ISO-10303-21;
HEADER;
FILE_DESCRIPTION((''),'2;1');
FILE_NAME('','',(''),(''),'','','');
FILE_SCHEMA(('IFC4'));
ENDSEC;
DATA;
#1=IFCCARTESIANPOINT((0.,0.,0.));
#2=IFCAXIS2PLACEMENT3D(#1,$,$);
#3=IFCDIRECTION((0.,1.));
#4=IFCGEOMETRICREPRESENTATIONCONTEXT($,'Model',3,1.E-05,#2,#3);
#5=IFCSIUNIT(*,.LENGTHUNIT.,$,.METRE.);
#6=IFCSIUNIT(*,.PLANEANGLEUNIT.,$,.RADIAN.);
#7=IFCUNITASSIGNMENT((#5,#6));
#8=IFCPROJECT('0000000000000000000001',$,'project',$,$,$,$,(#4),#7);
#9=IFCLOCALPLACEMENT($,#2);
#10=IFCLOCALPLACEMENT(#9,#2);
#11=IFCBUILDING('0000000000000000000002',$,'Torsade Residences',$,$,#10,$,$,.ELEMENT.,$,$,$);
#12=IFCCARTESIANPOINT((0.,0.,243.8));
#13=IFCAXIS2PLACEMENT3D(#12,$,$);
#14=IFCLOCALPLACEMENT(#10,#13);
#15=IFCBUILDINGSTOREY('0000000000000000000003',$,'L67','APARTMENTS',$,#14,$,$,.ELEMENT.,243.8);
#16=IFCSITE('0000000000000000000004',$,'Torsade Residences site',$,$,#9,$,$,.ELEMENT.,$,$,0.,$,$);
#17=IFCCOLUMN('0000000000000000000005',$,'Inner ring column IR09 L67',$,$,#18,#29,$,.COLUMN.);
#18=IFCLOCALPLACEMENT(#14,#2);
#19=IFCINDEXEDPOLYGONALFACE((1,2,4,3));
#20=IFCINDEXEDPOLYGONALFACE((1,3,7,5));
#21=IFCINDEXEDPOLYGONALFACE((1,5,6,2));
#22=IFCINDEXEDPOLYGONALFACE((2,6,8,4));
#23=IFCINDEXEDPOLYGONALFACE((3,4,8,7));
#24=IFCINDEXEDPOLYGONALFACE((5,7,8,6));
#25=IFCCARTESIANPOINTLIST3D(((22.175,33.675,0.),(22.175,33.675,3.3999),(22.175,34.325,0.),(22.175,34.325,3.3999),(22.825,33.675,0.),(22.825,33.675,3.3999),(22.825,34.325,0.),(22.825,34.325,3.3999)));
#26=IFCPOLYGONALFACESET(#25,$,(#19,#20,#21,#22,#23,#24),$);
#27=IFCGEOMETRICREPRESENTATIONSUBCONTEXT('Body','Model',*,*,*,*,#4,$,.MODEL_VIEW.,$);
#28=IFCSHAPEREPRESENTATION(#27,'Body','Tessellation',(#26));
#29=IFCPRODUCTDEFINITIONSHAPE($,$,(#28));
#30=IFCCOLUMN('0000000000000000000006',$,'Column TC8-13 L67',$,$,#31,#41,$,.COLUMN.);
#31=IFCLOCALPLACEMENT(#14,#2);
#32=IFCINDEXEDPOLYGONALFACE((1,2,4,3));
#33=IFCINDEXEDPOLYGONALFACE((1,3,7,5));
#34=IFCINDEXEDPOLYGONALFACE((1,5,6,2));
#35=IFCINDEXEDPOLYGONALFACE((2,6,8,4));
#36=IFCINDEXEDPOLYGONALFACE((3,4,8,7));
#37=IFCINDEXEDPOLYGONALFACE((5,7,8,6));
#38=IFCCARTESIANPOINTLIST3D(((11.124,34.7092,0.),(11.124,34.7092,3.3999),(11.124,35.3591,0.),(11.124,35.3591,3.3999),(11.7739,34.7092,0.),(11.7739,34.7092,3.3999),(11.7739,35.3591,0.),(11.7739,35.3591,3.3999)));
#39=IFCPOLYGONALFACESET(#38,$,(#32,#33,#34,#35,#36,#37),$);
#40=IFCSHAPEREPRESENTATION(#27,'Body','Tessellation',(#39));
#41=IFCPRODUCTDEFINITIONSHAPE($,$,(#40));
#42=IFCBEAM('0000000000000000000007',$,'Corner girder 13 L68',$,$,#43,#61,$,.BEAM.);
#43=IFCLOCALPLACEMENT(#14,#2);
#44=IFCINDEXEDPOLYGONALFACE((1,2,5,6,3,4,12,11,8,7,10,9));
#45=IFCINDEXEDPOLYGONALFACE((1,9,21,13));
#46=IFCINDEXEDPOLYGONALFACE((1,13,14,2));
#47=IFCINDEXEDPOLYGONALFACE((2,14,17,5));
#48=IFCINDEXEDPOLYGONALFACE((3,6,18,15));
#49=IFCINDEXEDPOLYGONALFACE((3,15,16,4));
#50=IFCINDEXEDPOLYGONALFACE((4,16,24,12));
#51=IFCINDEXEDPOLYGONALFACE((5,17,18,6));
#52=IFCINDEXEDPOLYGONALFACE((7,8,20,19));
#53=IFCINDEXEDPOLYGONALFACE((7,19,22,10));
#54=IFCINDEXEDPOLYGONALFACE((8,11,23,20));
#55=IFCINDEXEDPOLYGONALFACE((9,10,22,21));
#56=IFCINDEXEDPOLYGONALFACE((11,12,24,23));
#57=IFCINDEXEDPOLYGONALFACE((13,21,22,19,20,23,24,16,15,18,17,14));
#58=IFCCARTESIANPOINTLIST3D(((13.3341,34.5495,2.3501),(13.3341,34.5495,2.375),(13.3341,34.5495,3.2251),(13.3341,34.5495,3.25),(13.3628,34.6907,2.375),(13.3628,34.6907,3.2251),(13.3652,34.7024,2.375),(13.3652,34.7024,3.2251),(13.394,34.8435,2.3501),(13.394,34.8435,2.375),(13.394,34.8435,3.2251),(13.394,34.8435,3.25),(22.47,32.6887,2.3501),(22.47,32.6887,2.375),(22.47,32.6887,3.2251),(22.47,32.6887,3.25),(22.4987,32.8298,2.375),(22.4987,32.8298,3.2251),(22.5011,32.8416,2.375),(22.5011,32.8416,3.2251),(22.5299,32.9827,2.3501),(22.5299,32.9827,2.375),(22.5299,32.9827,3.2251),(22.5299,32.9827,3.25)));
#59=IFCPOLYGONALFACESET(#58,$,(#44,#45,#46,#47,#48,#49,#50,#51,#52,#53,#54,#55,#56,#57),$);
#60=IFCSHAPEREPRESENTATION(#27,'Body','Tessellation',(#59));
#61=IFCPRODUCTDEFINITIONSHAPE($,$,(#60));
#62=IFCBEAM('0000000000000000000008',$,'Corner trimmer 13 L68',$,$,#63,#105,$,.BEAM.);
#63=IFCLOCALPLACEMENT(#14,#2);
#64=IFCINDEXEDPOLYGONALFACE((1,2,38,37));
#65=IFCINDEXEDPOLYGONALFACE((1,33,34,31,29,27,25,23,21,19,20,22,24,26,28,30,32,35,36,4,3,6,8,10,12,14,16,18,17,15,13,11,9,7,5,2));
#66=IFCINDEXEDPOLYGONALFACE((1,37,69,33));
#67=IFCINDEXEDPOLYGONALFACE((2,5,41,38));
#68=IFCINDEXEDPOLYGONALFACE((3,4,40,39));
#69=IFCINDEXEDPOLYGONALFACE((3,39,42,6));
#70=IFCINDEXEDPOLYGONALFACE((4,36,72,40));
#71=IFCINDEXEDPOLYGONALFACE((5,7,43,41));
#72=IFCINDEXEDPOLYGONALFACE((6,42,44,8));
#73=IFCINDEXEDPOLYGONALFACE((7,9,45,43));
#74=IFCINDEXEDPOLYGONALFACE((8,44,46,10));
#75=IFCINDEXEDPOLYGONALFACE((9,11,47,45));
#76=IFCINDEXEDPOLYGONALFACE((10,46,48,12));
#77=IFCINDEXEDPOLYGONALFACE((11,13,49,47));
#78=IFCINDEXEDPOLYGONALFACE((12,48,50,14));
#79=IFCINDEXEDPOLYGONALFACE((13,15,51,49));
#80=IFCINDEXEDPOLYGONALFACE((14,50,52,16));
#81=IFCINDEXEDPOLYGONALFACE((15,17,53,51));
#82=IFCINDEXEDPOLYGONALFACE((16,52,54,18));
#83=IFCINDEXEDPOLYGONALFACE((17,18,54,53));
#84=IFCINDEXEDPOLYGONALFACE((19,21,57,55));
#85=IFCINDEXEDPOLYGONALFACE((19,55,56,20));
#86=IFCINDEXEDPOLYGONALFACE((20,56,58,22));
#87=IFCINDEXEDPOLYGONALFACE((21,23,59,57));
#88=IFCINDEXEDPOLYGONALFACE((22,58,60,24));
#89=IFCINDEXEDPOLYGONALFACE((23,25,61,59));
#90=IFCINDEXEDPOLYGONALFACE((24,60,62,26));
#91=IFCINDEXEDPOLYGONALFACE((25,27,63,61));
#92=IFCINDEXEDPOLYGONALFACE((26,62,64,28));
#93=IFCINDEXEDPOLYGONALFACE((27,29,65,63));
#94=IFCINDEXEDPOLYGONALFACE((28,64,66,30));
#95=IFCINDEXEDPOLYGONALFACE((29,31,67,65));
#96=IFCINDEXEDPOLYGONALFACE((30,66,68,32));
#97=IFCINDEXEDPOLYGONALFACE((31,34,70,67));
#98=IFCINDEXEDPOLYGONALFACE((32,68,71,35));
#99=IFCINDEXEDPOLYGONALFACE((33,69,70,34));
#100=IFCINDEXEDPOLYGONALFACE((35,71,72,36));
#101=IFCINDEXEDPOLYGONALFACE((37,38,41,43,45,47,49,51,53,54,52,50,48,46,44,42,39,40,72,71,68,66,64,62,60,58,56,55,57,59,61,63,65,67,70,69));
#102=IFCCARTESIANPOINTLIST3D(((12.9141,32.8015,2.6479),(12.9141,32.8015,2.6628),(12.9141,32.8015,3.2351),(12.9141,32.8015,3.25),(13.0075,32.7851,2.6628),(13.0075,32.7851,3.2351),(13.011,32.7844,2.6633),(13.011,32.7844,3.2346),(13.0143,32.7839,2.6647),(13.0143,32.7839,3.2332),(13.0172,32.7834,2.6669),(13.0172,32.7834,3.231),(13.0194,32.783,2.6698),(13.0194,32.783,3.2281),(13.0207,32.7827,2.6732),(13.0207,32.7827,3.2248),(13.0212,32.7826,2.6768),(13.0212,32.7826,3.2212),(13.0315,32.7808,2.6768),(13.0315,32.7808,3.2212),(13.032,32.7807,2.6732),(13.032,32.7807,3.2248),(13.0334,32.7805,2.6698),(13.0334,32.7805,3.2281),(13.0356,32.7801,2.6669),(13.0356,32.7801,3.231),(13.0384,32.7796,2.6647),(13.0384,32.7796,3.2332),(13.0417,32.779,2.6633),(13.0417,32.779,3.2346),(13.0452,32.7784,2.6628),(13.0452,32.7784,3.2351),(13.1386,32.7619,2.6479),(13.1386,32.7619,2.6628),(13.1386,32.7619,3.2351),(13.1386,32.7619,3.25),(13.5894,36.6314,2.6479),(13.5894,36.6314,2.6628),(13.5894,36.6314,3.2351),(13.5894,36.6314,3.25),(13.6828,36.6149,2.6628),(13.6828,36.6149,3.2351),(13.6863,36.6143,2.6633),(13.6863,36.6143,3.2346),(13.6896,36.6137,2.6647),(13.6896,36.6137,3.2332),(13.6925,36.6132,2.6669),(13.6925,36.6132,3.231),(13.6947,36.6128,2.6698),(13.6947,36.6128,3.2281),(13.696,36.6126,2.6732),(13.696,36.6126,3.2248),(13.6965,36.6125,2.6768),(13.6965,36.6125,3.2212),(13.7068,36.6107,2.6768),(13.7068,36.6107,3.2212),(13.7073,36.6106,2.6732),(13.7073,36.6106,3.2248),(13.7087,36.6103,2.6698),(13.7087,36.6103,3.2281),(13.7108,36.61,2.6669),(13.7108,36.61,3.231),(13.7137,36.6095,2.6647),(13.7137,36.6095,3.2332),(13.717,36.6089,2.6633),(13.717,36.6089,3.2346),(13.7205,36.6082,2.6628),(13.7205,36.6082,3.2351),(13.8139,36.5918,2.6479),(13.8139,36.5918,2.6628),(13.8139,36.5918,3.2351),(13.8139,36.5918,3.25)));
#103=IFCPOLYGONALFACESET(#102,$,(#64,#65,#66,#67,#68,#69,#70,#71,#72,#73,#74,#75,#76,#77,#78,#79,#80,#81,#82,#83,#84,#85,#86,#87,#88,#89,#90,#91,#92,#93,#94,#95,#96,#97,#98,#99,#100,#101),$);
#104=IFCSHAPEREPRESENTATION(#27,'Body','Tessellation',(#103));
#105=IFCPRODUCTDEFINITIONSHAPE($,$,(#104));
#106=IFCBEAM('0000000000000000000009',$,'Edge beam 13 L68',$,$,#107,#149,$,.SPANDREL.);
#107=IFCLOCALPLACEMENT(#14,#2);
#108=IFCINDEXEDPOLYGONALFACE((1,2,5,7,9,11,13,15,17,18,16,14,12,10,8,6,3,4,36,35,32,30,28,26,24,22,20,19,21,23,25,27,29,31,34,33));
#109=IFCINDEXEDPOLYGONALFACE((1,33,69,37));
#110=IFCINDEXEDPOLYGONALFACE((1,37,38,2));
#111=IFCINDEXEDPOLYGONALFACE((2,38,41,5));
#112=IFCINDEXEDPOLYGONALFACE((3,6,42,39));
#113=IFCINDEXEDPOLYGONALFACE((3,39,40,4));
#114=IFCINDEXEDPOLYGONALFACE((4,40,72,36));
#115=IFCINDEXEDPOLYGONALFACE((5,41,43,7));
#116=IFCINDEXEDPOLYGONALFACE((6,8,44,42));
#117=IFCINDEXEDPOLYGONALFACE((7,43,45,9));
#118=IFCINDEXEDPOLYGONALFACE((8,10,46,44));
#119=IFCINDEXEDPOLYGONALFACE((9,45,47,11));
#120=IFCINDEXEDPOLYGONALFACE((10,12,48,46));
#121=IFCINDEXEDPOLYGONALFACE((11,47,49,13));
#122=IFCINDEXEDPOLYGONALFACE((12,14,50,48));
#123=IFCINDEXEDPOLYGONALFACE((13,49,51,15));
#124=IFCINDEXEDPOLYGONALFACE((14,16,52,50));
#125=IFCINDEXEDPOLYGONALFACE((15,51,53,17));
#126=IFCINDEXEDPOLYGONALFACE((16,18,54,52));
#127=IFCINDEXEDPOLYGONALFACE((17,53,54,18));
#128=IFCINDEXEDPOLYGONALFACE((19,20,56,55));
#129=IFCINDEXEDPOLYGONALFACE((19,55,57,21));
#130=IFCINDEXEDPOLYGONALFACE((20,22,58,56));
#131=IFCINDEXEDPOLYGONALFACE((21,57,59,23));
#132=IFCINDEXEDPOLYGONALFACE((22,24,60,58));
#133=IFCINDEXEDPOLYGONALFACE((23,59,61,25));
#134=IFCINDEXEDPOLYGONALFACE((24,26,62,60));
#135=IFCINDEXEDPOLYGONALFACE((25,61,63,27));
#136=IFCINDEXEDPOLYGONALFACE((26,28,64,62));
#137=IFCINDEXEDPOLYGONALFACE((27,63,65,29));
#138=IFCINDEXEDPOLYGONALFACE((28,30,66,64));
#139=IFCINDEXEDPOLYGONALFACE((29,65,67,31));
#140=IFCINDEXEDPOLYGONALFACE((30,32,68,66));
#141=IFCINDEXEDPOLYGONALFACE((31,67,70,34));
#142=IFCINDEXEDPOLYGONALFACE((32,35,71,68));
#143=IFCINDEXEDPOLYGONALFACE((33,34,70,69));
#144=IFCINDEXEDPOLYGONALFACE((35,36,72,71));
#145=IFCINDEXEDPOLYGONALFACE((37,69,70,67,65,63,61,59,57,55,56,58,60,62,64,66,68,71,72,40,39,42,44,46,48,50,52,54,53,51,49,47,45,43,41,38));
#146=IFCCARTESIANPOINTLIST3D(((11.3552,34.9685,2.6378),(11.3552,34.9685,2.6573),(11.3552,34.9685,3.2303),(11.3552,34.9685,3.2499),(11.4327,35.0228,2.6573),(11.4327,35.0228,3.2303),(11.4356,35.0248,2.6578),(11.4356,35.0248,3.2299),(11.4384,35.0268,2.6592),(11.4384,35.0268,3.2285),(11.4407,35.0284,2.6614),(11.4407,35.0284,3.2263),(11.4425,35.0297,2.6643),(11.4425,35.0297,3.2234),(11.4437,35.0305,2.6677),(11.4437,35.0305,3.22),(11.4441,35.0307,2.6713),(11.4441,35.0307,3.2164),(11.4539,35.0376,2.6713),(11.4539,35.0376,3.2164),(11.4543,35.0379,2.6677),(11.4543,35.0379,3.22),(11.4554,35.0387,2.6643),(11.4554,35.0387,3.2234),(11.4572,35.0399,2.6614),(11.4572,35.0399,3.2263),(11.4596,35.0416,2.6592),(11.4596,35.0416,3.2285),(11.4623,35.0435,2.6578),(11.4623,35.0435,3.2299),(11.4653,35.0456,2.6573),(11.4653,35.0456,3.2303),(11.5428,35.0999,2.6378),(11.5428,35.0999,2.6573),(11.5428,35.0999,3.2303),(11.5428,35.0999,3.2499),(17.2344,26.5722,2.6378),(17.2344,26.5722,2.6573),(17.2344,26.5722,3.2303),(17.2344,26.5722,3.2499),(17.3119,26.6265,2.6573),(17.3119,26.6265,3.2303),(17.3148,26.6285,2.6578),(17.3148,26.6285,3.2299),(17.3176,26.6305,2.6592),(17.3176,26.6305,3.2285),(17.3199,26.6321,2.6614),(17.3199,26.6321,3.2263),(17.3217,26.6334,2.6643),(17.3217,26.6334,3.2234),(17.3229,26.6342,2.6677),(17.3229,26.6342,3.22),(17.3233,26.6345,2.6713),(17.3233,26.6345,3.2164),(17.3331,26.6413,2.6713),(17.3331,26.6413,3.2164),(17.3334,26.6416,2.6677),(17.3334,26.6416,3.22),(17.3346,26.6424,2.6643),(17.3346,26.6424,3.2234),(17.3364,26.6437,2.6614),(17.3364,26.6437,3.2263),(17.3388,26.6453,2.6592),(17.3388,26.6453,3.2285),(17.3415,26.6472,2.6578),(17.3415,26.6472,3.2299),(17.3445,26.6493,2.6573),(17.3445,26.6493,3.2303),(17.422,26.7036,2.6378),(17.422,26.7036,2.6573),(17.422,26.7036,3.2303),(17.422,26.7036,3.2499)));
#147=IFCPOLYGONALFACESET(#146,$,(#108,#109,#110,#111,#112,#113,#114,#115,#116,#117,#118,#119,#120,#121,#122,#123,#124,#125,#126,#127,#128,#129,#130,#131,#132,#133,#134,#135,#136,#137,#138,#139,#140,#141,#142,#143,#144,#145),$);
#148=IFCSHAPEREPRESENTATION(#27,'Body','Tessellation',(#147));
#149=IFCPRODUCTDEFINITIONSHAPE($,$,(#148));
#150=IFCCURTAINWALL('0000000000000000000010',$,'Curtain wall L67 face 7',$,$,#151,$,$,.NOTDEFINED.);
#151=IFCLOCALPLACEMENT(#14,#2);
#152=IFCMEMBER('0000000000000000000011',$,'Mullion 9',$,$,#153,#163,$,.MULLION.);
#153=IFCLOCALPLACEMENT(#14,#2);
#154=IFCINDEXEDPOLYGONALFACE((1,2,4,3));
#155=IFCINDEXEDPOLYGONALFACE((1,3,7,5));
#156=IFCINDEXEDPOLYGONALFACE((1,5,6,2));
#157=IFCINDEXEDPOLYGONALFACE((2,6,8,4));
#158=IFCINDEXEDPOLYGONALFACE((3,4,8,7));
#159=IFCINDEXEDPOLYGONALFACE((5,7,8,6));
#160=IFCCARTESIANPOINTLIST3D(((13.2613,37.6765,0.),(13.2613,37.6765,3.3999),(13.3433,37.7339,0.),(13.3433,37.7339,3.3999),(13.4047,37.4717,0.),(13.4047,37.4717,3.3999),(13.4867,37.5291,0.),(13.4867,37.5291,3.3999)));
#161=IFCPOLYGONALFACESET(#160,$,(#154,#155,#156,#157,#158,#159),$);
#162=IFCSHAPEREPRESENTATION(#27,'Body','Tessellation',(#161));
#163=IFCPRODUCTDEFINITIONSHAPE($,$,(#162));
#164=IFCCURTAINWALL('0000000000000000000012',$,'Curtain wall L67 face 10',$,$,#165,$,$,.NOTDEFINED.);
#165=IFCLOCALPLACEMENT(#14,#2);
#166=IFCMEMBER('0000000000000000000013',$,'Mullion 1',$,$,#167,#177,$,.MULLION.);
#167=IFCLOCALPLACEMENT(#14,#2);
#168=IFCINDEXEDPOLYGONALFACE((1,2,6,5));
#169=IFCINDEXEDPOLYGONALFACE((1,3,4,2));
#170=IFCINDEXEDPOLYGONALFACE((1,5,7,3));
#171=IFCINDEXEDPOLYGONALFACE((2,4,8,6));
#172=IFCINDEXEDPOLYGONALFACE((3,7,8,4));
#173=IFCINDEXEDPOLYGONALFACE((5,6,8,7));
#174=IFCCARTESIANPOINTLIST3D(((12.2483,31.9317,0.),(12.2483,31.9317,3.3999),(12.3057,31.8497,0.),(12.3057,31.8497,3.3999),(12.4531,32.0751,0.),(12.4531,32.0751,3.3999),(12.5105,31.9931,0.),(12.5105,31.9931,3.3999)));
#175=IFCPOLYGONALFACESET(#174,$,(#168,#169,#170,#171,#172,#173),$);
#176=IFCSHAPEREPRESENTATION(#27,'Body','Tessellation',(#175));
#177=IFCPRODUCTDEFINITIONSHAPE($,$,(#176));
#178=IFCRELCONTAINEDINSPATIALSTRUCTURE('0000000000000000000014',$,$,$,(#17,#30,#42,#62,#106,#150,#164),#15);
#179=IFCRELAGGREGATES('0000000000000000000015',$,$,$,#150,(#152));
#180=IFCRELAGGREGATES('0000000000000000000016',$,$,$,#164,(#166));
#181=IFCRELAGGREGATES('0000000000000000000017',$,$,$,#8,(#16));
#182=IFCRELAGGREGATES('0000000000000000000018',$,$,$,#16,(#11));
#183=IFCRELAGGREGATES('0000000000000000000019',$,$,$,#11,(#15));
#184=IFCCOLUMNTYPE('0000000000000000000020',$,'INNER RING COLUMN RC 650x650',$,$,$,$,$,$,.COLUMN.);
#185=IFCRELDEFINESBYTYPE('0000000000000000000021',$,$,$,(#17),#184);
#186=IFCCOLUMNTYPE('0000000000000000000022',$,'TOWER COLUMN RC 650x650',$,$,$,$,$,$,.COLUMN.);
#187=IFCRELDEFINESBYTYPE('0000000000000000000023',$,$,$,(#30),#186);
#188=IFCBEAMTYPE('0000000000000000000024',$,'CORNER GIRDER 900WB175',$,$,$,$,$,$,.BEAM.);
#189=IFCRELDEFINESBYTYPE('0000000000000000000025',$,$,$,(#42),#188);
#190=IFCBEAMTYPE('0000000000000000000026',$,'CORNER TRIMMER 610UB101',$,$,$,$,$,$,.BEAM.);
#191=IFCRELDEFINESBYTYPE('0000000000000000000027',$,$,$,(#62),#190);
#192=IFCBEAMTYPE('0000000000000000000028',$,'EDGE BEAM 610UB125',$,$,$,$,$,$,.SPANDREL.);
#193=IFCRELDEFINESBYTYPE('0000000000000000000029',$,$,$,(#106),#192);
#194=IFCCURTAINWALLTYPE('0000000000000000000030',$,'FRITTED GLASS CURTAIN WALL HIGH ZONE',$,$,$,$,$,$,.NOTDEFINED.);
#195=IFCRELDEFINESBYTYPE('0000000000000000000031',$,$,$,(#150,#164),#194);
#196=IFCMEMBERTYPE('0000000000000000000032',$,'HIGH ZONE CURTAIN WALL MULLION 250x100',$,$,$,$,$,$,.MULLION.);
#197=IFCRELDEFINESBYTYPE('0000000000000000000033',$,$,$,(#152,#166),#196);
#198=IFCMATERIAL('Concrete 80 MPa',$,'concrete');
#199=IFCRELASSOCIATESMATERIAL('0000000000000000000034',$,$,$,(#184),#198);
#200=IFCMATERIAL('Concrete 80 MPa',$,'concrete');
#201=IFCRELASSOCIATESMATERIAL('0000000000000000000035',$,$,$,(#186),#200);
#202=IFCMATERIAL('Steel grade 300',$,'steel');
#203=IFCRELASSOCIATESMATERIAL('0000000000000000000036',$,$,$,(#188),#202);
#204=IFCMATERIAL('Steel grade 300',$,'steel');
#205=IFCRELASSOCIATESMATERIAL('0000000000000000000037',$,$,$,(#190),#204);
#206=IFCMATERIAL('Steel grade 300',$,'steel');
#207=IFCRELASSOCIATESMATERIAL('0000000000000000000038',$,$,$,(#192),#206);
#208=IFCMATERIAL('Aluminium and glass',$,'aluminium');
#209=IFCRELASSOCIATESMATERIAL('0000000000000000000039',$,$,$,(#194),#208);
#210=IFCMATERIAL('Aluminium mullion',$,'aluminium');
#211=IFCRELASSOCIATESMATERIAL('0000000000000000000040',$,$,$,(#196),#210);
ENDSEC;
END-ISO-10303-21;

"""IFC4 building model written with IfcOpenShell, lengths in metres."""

from ifc_helpers import new_model, si_unit, direction, frame, origin, origin_2d, place, context, subcontext, project, spatial, rectangle, i_section, extrude, material, material_profile, profile_set, type_object, element, aggregate, save


model = new_model("IFC4")

# Units and contexts
model_context = context("Model", 3, precision=1e-05, world=origin(), true_north=direction((0.0, 1.0)))
body_context = subcontext(model_context, "Body", "Model", "MODEL_VIEW")
ifc_project = project(units=[si_unit("LENGTHUNIT", "METRE"), si_unit("PLANEANGLEUNIT", "RADIAN")], contexts=[model_context])

# Site, building, storey
site_placement = place(None, origin())
site = spatial("IfcSite", under=ifc_project, at=site_placement, Name="Torsade Residences site", CompositionType="ELEMENT", RefElevation=0.0)
building_placement = place(site_placement, origin())
building = spatial("IfcBuilding", under=site, at=building_placement, Name="Torsade Residences", CompositionType="ELEMENT")
storey_placement = place(building_placement, frame((0.0, 0.0, 243.8)))
storey = spatial("IfcBuildingStorey", under=building, at=storey_placement, Name="L67", Description="APARTMENTS", CompositionType="ELEMENT", Elevation=243.8)

# Columns
ifc_material_1 = material(Name="Concrete 80 MPa", Category="concrete")
ifc_material_profile_1 = material_profile(ifc_material_1, rectangle(XDim=0.6499, YDim=0.6499, at=origin_2d()), Name="RC 650x650")
ifc_profile_set_1 = profile_set([ifc_material_profile_1], Name="Concrete 80 MPa")
column_type_1 = type_object("IfcColumnType", Name="INNER RING COLUMN RC 650x650", PredefinedType="COLUMN", material=ifc_profile_set_1)
column_1_placement = place(storey_placement, frame((22.5, 34.0, 0.0), z_axis=(0.0, 0.0, 1.0), x_axis=(1.0, 0.0, 0.0)))
element("IfcColumn", 1, at=column_1_placement, inside=storey, type_object=column_type_1, Name="Inner ring column IR09 L67", PredefinedType="COLUMN", context=body_context, shape_type="SweptSolid", body=[
    extrude(rectangle(XDim=0.6499, YDim=0.6499, at=origin_2d()), origin(), (0.0, 0.0, 1.0), 3.3999),
])
ifc_material_2 = material(Name="Concrete 80 MPa", Category="concrete")
ifc_material_profile_2 = material_profile(ifc_material_2, rectangle(XDim=0.6499, YDim=0.6499, at=origin_2d()), Name="RC 650x650")
ifc_profile_set_2 = profile_set([ifc_material_profile_2], Name="Concrete 80 MPa")
column_type_2 = type_object("IfcColumnType", Name="TOWER COLUMN RC 650x650", PredefinedType="COLUMN", material=ifc_profile_set_2)
column_2_placement = place(storey_placement, frame((11.449, 35.0342, 0.0), z_axis=(0.0, 0.0, 1.0), x_axis=(1.0, 0.0, 0.0)))
element("IfcColumn", 2, at=column_2_placement, inside=storey, type_object=column_type_2, Name="Column TC8-13 L67", PredefinedType="COLUMN", context=body_context, shape_type="SweptSolid", body=[
    extrude(rectangle(XDim=0.6499, YDim=0.6499, at=origin_2d()), origin(), (0.0, 0.0, 1.0), 3.3999),
])

# Beams
ifc_material_3 = material(Name="Steel grade 300", Category="steel")
ifc_material_profile_3 = material_profile(ifc_material_3, i_section(OverallWidth=0.3, OverallDepth=0.8999, WebThickness=0.012, FlangeThickness=0.0249, at=origin_2d()), Name="900WB175")
ifc_profile_set_3 = profile_set([ifc_material_profile_3], Name="Steel grade 300")
beam_type_1 = type_object("IfcBeamType", Name="CORNER GIRDER 900WB175", PredefinedType="BEAM", material=ifc_profile_set_3)
beam_1_placement = place(storey_placement, frame((13.364, 34.6965, 2.8), z_axis=(0.979881, -0.199584, 0.0), x_axis=(0.199584, 0.979881, 0.0)))
element("IfcBeam", 3, at=beam_1_placement, inside=storey, type_object=beam_type_1, Name="Corner girder 13 L68", PredefinedType="BEAM", context=body_context, shape_type="SweptSolid", body=[
    extrude(i_section(OverallWidth=0.3, OverallDepth=0.8999, WebThickness=0.012, FlangeThickness=0.0249, at=origin_2d()), origin(), (0.0, 0.0, 1.0), 9.3235),
])
ifc_material_4 = material(Name="Steel grade 300", Category="steel")
ifc_material_profile_4 = material_profile(ifc_material_4, i_section(OverallWidth=0.228, OverallDepth=0.6021, WebThickness=0.0105, FlangeThickness=0.0149, FilletRadius=0.0139, at=origin_2d()), Name="610UB101")
ifc_profile_set_4 = profile_set([ifc_material_profile_4], Name="Steel grade 300")
beam_type_2 = type_object("IfcBeamType", Name="CORNER TRIMMER 610UB101", PredefinedType="BEAM", material=ifc_profile_set_4)
beam_2_placement = place(storey_placement, frame((13.0264, 32.7817, 2.949), z_axis=(0.173646, 0.984808, 0.0), x_axis=(-0.984808, 0.173646, 0.0)))
element("IfcBeam", 4, at=beam_2_placement, inside=storey, type_object=beam_type_2, Name="Corner trimmer 13 L68", PredefinedType="BEAM", context=body_context, shape_type="SweptSolid", body=[
    extrude(i_section(OverallWidth=0.228, OverallDepth=0.6021, WebThickness=0.0105, FlangeThickness=0.0149, FilletRadius=0.0139, at=origin_2d()), origin(), (0.0, 0.0, 1.0), 3.8889),
])
ifc_material_5 = material(Name="Steel grade 300", Category="steel")
ifc_material_profile_5 = material_profile(ifc_material_5, i_section(OverallWidth=0.229, OverallDepth=0.6121, WebThickness=0.012, FlangeThickness=0.0195, FilletRadius=0.0139, at=origin_2d()), Name="610UB125")
ifc_profile_set_5 = profile_set([ifc_material_profile_5], Name="Steel grade 300")
beam_type_3 = type_object("IfcBeamType", Name="EDGE BEAM 610UB125", PredefinedType="SPANDREL", material=ifc_profile_set_5)
beam_3_placement = place(storey_placement, frame((11.449, 35.0342, 2.9438), z_axis=(0.573579, -0.81915, 0.0), x_axis=(0.81915, 0.573579, 0.0)))
element("IfcBeam", 5, at=beam_3_placement, inside=storey, type_object=beam_type_3, Name="Edge beam 13 L68", PredefinedType="SPANDREL", context=body_context, shape_type="SweptSolid", body=[
    extrude(i_section(OverallWidth=0.229, OverallDepth=0.6121, WebThickness=0.012, FlangeThickness=0.0195, FilletRadius=0.0139, at=origin_2d()), origin(), (0.0, 0.0, 1.0), 10.25),
])

# Curtain wall, member
ifc_material_6 = material(Name="Aluminium and glass", Category="aluminium")
curtain_wall_type = type_object("IfcCurtainWallType", Name="FRITTED GLASS CURTAIN WALL HIGH ZONE", PredefinedType="NOTDEFINED", material=ifc_material_6)
curtain_wall_1_placement = place(storey_placement, origin())
curtain_wall_1 = element("IfcCurtainWall", 6, at=curtain_wall_1_placement, inside=storey, type_object=curtain_wall_type, Name="Curtain wall L67 face 7", PredefinedType="NOTDEFINED")
ifc_material_7 = material(Name="Aluminium mullion", Category="aluminium")
ifc_material_profile_6 = material_profile(ifc_material_7, rectangle(XDim=0.25, YDim=0.1001, at=origin_2d()), Name="HIGH ZONE CURTAIN WALL MULLION 250x100")
ifc_profile_set_6 = profile_set([ifc_material_profile_6], Name="Aluminium mullion")
member_type_1 = type_object("IfcMemberType", Name="HIGH ZONE CURTAIN WALL MULLION 250x100", PredefinedType="MULLION", material=ifc_profile_set_6)
member_1_placement = place(storey_placement, frame((13.374, 37.6028, 0.0), z_axis=(0.0, 0.0, 1.0), x_axis=(0.573576, -0.819152, 0.0)))
member_1 = element("IfcMember", 7, at=member_1_placement, type_object=member_type_1, Name="Mullion 9", PredefinedType="MULLION", context=body_context, shape_type="SweptSolid", body=[
    extrude(rectangle(XDim=0.25, YDim=0.1001, at=origin_2d()), origin(), (0.0, 0.0, 1.0), 3.3999),
])
aggregate(curtain_wall_1, [member_1])

# Curtain wall, member
curtain_wall_2_placement = place(storey_placement, origin())
curtain_wall_2 = element("IfcCurtainWall", 8, at=curtain_wall_2_placement, inside=storey, type_object=curtain_wall_type, Name="Curtain wall L67 face 10", PredefinedType="NOTDEFINED")
member_2_placement = place(storey_placement, frame((12.3794, 31.9624, 0.0), z_axis=(0.0, 0.0, 1.0), x_axis=(0.819152, 0.573576, 0.0)))
member_2 = element("IfcMember", 9, at=member_2_placement, type_object=member_type_1, Name="Mullion 1", PredefinedType="MULLION", context=body_context, shape_type="SweptSolid", body=[
    extrude(rectangle(XDim=0.25, YDim=0.1001, at=origin_2d()), origin(), (0.0, 0.0, 1.0), 3.3999),
])

aggregate(curtain_wall_2, [member_2])

save(model, "model.ifc")
